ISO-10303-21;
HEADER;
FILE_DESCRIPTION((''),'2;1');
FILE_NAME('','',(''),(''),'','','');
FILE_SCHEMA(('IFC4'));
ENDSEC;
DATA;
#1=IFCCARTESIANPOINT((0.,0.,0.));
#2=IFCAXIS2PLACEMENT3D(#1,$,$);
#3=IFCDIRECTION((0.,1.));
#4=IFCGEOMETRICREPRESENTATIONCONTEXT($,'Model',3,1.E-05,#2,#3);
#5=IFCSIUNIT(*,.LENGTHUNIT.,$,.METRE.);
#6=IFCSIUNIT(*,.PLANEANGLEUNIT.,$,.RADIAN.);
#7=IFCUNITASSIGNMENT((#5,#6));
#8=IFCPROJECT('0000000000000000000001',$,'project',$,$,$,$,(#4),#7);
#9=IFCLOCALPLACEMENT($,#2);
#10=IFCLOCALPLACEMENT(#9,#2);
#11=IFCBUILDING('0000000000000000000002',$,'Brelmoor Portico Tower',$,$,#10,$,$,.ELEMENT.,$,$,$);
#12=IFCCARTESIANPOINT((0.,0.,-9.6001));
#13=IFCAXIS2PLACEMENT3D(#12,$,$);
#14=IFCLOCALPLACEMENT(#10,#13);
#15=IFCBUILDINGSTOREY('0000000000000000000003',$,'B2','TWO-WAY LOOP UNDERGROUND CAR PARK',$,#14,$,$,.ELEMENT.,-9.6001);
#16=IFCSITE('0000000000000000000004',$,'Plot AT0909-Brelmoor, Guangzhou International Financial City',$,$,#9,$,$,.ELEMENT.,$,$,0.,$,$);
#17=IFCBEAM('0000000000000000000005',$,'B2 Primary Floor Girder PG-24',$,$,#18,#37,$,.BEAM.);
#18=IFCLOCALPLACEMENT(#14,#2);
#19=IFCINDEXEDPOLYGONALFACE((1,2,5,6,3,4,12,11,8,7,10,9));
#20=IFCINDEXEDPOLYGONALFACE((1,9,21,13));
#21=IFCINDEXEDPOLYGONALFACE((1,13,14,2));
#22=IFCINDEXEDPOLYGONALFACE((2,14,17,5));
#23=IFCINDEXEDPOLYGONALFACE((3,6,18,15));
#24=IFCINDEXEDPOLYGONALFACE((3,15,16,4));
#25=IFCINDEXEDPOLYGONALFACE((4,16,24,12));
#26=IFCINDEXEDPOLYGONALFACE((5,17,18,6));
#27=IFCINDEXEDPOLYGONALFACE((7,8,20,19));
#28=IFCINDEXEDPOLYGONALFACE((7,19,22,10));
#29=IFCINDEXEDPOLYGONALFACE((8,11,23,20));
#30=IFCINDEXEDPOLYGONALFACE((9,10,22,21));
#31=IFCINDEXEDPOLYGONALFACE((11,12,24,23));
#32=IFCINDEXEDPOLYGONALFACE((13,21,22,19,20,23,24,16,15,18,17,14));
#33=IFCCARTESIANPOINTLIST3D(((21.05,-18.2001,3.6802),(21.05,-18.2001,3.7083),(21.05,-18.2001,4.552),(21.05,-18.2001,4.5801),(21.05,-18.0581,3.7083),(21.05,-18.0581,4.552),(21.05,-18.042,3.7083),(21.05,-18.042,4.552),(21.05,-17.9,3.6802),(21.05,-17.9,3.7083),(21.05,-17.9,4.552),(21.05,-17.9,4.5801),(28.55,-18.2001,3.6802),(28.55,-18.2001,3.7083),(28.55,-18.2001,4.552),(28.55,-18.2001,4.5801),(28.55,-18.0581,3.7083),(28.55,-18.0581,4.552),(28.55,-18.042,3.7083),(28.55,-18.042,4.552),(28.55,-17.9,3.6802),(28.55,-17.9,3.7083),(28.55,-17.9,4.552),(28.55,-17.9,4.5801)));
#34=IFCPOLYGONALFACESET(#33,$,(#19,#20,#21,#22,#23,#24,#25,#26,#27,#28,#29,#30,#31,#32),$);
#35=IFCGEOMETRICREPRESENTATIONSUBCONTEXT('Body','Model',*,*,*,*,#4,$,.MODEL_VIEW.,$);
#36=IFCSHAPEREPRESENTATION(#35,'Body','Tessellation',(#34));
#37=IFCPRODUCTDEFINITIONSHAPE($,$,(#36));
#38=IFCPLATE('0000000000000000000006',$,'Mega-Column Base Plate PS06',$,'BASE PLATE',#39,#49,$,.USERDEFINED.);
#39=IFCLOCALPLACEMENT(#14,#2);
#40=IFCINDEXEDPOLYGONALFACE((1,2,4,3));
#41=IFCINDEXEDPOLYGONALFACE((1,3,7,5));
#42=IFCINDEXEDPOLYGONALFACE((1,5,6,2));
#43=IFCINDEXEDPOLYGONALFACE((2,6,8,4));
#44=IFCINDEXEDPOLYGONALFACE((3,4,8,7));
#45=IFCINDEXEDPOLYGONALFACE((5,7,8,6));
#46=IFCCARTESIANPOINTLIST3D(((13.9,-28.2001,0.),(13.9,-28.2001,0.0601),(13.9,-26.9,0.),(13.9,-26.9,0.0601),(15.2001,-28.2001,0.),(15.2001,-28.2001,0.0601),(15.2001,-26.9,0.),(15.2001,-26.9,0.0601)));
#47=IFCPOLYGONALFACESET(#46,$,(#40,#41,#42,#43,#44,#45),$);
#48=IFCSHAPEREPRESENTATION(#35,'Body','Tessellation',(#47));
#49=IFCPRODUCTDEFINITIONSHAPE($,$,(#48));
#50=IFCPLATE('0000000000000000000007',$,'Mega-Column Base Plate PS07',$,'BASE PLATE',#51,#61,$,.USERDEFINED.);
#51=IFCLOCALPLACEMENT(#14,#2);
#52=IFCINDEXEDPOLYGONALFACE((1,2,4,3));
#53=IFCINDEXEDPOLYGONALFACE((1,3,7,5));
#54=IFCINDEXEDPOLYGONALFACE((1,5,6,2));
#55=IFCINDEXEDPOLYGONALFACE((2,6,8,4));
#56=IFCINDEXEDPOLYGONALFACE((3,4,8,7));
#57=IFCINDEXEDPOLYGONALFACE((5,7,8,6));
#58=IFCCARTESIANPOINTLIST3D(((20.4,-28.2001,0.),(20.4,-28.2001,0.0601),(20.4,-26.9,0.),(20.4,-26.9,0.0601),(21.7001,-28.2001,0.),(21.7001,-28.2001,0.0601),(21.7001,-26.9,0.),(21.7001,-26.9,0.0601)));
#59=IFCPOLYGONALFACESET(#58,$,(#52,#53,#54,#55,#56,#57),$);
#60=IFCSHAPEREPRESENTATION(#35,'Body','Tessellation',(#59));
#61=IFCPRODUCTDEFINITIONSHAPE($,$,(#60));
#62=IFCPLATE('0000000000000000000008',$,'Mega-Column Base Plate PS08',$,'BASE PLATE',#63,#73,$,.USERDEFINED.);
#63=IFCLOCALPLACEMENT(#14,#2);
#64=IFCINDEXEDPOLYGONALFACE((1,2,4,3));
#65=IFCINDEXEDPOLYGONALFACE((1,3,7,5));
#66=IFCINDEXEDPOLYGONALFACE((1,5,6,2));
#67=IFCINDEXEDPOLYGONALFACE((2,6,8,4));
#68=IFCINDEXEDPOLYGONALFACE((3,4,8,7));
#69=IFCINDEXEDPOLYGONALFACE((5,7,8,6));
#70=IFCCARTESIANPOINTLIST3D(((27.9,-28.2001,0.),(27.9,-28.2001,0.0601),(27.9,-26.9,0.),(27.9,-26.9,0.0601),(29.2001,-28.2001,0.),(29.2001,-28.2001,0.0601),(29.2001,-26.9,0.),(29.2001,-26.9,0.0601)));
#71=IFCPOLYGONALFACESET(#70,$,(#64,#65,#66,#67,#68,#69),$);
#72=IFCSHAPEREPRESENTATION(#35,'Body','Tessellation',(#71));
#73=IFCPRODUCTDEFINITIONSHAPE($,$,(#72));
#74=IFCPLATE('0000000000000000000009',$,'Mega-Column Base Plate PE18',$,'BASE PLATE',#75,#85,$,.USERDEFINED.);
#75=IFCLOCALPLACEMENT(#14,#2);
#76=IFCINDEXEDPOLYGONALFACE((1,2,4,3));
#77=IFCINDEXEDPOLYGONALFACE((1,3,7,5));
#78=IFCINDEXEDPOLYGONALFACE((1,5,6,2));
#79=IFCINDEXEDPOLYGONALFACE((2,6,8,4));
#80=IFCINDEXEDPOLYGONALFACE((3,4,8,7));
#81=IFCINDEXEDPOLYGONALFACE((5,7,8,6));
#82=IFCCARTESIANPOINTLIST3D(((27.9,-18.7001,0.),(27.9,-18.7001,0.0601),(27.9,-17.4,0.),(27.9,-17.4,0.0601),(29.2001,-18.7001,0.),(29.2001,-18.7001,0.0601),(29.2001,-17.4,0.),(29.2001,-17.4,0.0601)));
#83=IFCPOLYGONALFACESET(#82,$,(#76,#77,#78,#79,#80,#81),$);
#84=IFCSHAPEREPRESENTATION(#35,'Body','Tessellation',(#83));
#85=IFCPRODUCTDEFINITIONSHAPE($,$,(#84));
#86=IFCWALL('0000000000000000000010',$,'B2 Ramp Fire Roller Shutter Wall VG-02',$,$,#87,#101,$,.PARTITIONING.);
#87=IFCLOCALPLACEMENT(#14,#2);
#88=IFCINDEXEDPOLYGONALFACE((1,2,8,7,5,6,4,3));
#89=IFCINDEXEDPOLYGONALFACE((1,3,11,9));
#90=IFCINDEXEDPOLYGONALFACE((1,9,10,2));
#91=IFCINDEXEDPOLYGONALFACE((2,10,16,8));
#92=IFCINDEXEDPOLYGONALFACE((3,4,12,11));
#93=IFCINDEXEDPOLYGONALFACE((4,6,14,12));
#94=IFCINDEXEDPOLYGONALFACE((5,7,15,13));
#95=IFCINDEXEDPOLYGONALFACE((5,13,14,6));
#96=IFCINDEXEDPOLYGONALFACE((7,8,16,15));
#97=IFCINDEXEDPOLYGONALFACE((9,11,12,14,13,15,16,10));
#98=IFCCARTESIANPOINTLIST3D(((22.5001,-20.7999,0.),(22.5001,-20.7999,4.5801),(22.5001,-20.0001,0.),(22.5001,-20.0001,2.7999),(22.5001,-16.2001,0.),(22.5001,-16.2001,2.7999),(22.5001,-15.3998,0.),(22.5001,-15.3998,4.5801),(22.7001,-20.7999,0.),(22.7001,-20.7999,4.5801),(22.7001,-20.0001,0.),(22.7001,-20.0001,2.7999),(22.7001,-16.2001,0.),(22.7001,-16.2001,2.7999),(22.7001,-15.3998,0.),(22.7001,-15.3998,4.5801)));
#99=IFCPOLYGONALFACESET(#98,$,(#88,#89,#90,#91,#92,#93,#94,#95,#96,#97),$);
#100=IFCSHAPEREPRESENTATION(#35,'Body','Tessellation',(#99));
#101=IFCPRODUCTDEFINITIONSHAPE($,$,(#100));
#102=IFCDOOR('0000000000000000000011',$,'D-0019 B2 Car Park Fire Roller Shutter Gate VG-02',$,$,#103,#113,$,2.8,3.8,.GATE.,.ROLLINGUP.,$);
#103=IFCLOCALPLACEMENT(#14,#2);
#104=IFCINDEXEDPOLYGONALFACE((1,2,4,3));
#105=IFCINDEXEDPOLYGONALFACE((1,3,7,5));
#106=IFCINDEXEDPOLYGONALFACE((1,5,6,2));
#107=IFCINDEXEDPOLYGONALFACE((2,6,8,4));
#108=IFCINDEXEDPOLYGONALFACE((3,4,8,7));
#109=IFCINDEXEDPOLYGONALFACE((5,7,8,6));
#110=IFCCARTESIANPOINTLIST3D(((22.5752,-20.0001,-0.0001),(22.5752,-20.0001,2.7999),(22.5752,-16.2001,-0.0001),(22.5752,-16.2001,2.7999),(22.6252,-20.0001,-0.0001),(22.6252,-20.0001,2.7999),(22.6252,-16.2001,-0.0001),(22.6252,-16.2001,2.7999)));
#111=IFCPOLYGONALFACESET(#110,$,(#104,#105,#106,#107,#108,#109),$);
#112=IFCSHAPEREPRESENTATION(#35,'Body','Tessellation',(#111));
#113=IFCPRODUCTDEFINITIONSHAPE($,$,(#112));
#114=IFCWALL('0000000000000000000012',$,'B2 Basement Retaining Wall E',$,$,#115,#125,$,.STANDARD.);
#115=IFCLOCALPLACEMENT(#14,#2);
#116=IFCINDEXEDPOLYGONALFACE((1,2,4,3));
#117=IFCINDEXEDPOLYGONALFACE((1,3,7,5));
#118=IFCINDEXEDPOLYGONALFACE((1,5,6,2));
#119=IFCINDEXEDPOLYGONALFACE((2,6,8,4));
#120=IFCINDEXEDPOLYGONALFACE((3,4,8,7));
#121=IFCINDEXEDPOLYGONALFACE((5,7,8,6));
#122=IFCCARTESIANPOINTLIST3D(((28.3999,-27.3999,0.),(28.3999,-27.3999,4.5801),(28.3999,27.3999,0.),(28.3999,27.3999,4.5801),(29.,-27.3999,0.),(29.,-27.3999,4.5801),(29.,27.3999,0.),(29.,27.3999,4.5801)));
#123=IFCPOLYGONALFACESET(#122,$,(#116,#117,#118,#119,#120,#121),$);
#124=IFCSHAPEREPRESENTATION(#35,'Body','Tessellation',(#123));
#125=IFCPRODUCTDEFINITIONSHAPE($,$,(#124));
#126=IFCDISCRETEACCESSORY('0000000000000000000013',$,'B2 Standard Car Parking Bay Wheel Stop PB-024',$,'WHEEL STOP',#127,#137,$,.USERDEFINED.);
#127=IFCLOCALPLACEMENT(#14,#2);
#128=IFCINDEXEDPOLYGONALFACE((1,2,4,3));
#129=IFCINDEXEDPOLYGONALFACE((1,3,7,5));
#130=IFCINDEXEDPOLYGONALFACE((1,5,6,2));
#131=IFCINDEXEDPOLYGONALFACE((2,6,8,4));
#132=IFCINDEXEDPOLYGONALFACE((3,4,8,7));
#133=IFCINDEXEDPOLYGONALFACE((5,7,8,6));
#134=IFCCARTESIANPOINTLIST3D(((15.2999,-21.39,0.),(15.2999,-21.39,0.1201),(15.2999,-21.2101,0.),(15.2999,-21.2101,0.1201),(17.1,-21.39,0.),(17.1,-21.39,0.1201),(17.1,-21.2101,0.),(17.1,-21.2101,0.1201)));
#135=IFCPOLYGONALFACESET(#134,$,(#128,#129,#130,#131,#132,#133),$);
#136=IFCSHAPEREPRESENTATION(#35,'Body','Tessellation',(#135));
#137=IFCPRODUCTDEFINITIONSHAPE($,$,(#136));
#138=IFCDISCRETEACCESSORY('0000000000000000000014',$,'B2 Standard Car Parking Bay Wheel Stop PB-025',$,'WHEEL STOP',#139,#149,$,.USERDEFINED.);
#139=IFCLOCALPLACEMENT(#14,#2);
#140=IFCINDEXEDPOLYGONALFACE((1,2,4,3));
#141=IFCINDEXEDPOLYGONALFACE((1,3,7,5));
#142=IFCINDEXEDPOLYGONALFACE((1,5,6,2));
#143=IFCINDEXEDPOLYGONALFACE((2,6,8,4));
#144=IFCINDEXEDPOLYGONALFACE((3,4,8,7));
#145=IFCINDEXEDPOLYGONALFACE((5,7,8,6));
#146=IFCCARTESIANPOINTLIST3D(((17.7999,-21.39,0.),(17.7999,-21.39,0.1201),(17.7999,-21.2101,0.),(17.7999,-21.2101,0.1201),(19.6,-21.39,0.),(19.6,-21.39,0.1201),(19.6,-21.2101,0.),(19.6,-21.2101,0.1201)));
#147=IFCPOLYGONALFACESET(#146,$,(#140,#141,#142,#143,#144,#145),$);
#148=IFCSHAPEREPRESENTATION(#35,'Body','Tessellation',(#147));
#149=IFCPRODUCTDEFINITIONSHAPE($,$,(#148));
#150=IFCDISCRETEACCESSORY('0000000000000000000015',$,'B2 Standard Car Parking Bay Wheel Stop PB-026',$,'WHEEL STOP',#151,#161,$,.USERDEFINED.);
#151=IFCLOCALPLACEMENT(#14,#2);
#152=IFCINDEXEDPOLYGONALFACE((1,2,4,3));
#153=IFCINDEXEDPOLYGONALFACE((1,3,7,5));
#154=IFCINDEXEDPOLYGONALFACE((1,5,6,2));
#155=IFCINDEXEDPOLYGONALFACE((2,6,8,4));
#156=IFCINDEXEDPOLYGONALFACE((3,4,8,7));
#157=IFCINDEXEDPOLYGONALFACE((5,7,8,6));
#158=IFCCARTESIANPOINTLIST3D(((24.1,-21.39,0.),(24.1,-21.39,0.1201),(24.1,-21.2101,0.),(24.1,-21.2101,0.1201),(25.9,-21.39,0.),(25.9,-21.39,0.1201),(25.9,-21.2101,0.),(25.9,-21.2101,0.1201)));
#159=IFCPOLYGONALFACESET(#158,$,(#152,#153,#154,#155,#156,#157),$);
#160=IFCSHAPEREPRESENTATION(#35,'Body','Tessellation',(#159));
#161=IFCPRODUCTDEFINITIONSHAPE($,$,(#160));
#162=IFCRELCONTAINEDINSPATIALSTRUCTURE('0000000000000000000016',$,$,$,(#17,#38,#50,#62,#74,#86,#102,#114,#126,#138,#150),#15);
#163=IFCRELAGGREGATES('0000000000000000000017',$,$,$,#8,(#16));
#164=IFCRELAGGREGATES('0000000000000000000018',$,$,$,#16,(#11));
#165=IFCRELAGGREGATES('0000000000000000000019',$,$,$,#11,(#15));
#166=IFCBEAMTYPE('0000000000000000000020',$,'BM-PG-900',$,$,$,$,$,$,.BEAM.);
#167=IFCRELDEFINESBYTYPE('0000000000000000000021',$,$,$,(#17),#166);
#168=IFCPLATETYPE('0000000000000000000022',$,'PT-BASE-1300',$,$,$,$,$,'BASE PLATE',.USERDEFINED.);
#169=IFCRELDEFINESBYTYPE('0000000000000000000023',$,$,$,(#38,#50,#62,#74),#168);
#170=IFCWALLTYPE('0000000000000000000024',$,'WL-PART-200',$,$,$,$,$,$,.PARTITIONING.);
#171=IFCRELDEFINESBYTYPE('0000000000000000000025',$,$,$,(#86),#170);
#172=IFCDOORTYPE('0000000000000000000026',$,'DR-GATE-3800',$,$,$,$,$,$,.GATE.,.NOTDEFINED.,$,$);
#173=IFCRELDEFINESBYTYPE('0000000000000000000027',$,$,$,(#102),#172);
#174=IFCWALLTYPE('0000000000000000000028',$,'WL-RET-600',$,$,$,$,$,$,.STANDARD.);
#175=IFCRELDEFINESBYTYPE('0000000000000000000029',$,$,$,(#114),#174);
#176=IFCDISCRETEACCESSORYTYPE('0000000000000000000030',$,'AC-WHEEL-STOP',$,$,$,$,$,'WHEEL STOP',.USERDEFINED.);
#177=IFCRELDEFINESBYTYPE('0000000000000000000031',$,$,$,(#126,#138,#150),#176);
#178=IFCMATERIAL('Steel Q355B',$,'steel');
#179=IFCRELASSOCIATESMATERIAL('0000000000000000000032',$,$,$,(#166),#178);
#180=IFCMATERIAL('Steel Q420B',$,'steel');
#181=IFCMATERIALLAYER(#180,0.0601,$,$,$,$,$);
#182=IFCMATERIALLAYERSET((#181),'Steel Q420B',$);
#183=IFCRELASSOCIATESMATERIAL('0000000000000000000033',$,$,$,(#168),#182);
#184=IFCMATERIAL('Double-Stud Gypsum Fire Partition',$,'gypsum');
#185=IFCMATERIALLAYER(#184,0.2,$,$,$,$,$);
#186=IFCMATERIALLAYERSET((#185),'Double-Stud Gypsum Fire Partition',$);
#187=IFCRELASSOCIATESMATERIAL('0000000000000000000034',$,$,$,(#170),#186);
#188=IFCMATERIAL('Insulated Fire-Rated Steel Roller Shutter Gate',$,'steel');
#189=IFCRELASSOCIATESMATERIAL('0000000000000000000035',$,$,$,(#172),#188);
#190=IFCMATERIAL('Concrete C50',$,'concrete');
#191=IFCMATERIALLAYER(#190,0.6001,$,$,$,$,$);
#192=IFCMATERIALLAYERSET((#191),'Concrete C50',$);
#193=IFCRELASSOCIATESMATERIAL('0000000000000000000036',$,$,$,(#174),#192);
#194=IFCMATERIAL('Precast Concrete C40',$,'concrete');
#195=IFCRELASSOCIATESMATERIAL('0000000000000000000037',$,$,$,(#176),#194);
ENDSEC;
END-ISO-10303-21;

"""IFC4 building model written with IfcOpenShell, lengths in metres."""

from ifc_helpers import new_model, si_unit, direction, frame, frame_2d, origin, origin_2d, place, context, subcontext, project, spatial, rectangle, i_section, extrude, material, layer, layer_set, material_profile, profile_set, type_object, element, fill, save


model = new_model("IFC4")

# Units and contexts
model_context = context("Model", 3, precision=1e-05, world=origin(), true_north=direction((0.0, 1.0)))
body_context = subcontext(model_context, "Body", "Model", "MODEL_VIEW")
ifc_project = project(units=[si_unit("LENGTHUNIT", "METRE"), si_unit("PLANEANGLEUNIT", "RADIAN")], contexts=[model_context])

# Site, building, storey
site_placement = place(None, origin())
site = spatial("IfcSite", under=ifc_project, at=site_placement, Name="Plot AT0909-Brelmoor, Guangzhou International Financial City", CompositionType="ELEMENT", RefElevation=0.0)
building_placement = place(site_placement, origin())
building = spatial("IfcBuilding", under=site, at=building_placement, Name="Brelmoor Portico Tower", CompositionType="ELEMENT")
storey_placement = place(building_placement, frame((0.0, 0.0, -9.6001)))
storey = spatial("IfcBuildingStorey", under=building, at=storey_placement, Name="B2", Description="TWO-WAY LOOP UNDERGROUND CAR PARK", CompositionType="ELEMENT", Elevation=-9.6001)

# Shared definitions
ifc_material_1 = material(Name="Concrete C50", Category="concrete")

# Shared definitions
ifc_material_2 = material(Name="Steel Q420B", Category="steel")
ifc_material_3 = material(Name="Steel Q355B", Category="steel")

# Beam
ifc_material_profile_1 = material_profile(ifc_material_3, i_section(OverallWidth=0.3, OverallDepth=0.8999, WebThickness=0.0161, FlangeThickness=0.0281, at=origin_2d()), Name="HN 900x300x16x28")
ifc_profile_set_1 = profile_set([ifc_material_profile_1], Name="Steel Q355B")
beam_type = type_object("IfcBeamType", Name="BM-PG-900", PredefinedType="BEAM", material=ifc_profile_set_1)
beam_1_placement = place(storey_placement, frame((21.05, -18.05, 4.1301), z_axis=(1.0, 0.0, 0.0), x_axis=(0.0, 1.0, 0.0)))
element("IfcBeam", 1, at=beam_1_placement, inside=storey, type_object=beam_type, Name="B2 Primary Floor Girder PG-24", PredefinedType="BEAM", context=body_context, shape_type="SweptSolid", body=[
    extrude(i_section(OverallWidth=0.3, OverallDepth=0.8999, WebThickness=0.0161, FlangeThickness=0.0281, at=origin_2d()), origin(), (0.0, 0.0, 1.0), 7.5),
])

# Plates
ifc_layer_1 = layer(ifc_material_2, 0.0601)
ifc_layer_set_1 = layer_set([ifc_layer_1], Name="Steel Q420B")
plate_type = type_object("IfcPlateType", Name="PT-BASE-1300", ElementType="BASE PLATE", PredefinedType="USERDEFINED", material=ifc_layer_set_1)
for number, where, z_axis, x_axis, name in (
    (2, (14.55, -27.55, 0.0), (0.0, 0.0, 1.0), (1.0, 0.0, 0.0), "Mega-Column Base Plate PS06"),
    (3, (21.05, -27.55, 0.0), (0.0, 0.0, 1.0), (1.0, 0.0, 0.0), "Mega-Column Base Plate PS07"),
    (4, (28.55, -27.55, 0.0), (0.0, 0.0, 1.0), (1.0, 0.0, 0.0), "Mega-Column Base Plate PS08"),
    (5, (28.55, -18.05, 0.0), (0.0, 0.0, 1.0), (1.0, 0.0, 0.0), "Mega-Column Base Plate PE18"),
):
    element("IfcPlate", number, at=place(storey_placement, frame(where, z_axis=z_axis, x_axis=x_axis)), inside=storey, type_object=plate_type, Name=name, ObjectType="BASE PLATE", PredefinedType="USERDEFINED", context=body_context, shape_type="SweptSolid", body=[
        extrude(rectangle(XDim=1.3, YDim=1.3, at=origin_2d()), origin(), (0.0, 0.0, 1.0), 0.0601),
    ])

# Wall, opening, door
ifc_material_4 = material(Name="Double-Stud Gypsum Fire Partition", Category="gypsum")
ifc_layer_2 = layer(ifc_material_4, 0.2)
ifc_layer_set_2 = layer_set([ifc_layer_2], Name="Double-Stud Gypsum Fire Partition")
wall_type_1 = type_object("IfcWallType", Name="WL-PART-200", PredefinedType="PARTITIONING", material=ifc_layer_set_2)
wall_1_placement = place(storey_placement, frame((22.6001, -20.8, 0.0), z_axis=(0.0, 0.0, 1.0), x_axis=(0.0, 1.0, 0.0)))
wall_1 = element("IfcWall", 6, at=wall_1_placement, inside=storey, type_object=wall_type_1, Name="B2 Ramp Fire Roller Shutter Wall VG-02", PredefinedType="PARTITIONING", context=body_context, shape_type="SweptSolid", body=[
    extrude(rectangle(XDim=5.4001, YDim=0.2, at=frame_2d((2.7002, 0.0))), origin(), (0.0, 0.0, 1.0), 4.5801),
])
opening_placement = place(wall_1_placement, frame((0.8, 0.0, 0.0)))
opening = element("IfcOpeningElement", 7, at=opening_placement, cuts=wall_1, PredefinedType="OPENING", context=body_context, shape_type="SweptSolid", body=[
    extrude(rectangle(XDim=3.8, YDim=2.8, at=frame_2d((1.8999, 1.3999))), frame((0.0, 0.1099, 0.0), z_axis=(0.0, -1.0, 0.0), x_axis=(1.0, 0.0, 0.0)), (0.0, 0.0, 1.0), 0.22),
])
ifc_material_5 = material(Name="Insulated Fire-Rated Steel Roller Shutter Gate", Category="steel")
door_type = type_object("IfcDoorType", Name="DR-GATE-3800", OperationType="NOTDEFINED", PredefinedType="GATE", material=ifc_material_5)
door_placement = place(opening_placement, origin())
door = element("IfcDoor", 8, at=door_placement, inside=storey, type_object=door_type, Name="D-0019 B2 Car Park Fire Roller Shutter Gate VG-02", OperationType="ROLLINGUP", OverallHeight=2.8, OverallWidth=3.8, PredefinedType="GATE", context=body_context, shape_type="SweptSolid", body=[
    extrude(rectangle(XDim=3.8, YDim=2.8, at=frame_2d((1.8999, 1.3999))), frame((0.0, 0.0249, 0.0), z_axis=(0.0, -1.0, 0.0), x_axis=(1.0, 0.0, 0.0)), (0.0, 0.0, 1.0), 0.05),
])
fill(opening, door)

# Wall
ifc_layer_3 = layer(ifc_material_1, 0.6001)
ifc_layer_set_3 = layer_set([ifc_layer_3], Name="Concrete C50")
wall_type_2 = type_object("IfcWallType", Name="WL-RET-600", PredefinedType="STANDARD", material=ifc_layer_set_3)
wall_2_placement = place(storey_placement, frame((28.7, -27.3999, 0.0), z_axis=(0.0, 0.0, 1.0), x_axis=(0.0, 1.0, 0.0)))
element("IfcWall", 9, at=wall_2_placement, inside=storey, type_object=wall_type_2, Name="B2 Basement Retaining Wall E", PredefinedType="STANDARD", context=body_context, shape_type="SweptSolid", body=[
    extrude(rectangle(XDim=54.7998, YDim=0.6001, at=frame_2d((27.3999, 0.0))), origin(), (0.0, 0.0, 1.0), 4.5801),
])

# Discrete accessories
ifc_material_6 = material(Name="Precast Concrete C40", Category="concrete")
discrete_accessory_type = type_object("IfcDiscreteAccessoryType", Name="AC-WHEEL-STOP", ElementType="WHEEL STOP", PredefinedType="USERDEFINED", material=ifc_material_6)
for number, where, z_axis, x_axis, name in (
    (10, (16.2, -21.3, 0.0), (0.0, 0.0, 1.0), (1.0, 0.0, 0.0), "B2 Standard Car Parking Bay Wheel Stop PB-024"),
    (11, (18.7, -21.3, 0.0), (0.0, 0.0, 1.0), (1.0, 0.0, 0.0), "B2 Standard Car Parking Bay Wheel Stop PB-025"),
    (12, (25.0, -21.3, 0.0), (0.0, 0.0, 1.0), (1.0, 0.0, 0.0), "B2 Standard Car Parking Bay Wheel Stop PB-026"),
):
    element("IfcDiscreteAccessory", number, at=place(storey_placement, frame(where, z_axis=z_axis, x_axis=x_axis)), inside=storey, type_object=discrete_accessory_type, Name=name, ObjectType="WHEEL STOP", PredefinedType="USERDEFINED", context=body_context, shape_type="SweptSolid", body=[
        extrude(rectangle(XDim=1.8, YDim=0.1799, at=origin_2d()), origin(), (0.0, 0.0, 1.0), 0.1201),
    ])

save(model, "model.ifc")
